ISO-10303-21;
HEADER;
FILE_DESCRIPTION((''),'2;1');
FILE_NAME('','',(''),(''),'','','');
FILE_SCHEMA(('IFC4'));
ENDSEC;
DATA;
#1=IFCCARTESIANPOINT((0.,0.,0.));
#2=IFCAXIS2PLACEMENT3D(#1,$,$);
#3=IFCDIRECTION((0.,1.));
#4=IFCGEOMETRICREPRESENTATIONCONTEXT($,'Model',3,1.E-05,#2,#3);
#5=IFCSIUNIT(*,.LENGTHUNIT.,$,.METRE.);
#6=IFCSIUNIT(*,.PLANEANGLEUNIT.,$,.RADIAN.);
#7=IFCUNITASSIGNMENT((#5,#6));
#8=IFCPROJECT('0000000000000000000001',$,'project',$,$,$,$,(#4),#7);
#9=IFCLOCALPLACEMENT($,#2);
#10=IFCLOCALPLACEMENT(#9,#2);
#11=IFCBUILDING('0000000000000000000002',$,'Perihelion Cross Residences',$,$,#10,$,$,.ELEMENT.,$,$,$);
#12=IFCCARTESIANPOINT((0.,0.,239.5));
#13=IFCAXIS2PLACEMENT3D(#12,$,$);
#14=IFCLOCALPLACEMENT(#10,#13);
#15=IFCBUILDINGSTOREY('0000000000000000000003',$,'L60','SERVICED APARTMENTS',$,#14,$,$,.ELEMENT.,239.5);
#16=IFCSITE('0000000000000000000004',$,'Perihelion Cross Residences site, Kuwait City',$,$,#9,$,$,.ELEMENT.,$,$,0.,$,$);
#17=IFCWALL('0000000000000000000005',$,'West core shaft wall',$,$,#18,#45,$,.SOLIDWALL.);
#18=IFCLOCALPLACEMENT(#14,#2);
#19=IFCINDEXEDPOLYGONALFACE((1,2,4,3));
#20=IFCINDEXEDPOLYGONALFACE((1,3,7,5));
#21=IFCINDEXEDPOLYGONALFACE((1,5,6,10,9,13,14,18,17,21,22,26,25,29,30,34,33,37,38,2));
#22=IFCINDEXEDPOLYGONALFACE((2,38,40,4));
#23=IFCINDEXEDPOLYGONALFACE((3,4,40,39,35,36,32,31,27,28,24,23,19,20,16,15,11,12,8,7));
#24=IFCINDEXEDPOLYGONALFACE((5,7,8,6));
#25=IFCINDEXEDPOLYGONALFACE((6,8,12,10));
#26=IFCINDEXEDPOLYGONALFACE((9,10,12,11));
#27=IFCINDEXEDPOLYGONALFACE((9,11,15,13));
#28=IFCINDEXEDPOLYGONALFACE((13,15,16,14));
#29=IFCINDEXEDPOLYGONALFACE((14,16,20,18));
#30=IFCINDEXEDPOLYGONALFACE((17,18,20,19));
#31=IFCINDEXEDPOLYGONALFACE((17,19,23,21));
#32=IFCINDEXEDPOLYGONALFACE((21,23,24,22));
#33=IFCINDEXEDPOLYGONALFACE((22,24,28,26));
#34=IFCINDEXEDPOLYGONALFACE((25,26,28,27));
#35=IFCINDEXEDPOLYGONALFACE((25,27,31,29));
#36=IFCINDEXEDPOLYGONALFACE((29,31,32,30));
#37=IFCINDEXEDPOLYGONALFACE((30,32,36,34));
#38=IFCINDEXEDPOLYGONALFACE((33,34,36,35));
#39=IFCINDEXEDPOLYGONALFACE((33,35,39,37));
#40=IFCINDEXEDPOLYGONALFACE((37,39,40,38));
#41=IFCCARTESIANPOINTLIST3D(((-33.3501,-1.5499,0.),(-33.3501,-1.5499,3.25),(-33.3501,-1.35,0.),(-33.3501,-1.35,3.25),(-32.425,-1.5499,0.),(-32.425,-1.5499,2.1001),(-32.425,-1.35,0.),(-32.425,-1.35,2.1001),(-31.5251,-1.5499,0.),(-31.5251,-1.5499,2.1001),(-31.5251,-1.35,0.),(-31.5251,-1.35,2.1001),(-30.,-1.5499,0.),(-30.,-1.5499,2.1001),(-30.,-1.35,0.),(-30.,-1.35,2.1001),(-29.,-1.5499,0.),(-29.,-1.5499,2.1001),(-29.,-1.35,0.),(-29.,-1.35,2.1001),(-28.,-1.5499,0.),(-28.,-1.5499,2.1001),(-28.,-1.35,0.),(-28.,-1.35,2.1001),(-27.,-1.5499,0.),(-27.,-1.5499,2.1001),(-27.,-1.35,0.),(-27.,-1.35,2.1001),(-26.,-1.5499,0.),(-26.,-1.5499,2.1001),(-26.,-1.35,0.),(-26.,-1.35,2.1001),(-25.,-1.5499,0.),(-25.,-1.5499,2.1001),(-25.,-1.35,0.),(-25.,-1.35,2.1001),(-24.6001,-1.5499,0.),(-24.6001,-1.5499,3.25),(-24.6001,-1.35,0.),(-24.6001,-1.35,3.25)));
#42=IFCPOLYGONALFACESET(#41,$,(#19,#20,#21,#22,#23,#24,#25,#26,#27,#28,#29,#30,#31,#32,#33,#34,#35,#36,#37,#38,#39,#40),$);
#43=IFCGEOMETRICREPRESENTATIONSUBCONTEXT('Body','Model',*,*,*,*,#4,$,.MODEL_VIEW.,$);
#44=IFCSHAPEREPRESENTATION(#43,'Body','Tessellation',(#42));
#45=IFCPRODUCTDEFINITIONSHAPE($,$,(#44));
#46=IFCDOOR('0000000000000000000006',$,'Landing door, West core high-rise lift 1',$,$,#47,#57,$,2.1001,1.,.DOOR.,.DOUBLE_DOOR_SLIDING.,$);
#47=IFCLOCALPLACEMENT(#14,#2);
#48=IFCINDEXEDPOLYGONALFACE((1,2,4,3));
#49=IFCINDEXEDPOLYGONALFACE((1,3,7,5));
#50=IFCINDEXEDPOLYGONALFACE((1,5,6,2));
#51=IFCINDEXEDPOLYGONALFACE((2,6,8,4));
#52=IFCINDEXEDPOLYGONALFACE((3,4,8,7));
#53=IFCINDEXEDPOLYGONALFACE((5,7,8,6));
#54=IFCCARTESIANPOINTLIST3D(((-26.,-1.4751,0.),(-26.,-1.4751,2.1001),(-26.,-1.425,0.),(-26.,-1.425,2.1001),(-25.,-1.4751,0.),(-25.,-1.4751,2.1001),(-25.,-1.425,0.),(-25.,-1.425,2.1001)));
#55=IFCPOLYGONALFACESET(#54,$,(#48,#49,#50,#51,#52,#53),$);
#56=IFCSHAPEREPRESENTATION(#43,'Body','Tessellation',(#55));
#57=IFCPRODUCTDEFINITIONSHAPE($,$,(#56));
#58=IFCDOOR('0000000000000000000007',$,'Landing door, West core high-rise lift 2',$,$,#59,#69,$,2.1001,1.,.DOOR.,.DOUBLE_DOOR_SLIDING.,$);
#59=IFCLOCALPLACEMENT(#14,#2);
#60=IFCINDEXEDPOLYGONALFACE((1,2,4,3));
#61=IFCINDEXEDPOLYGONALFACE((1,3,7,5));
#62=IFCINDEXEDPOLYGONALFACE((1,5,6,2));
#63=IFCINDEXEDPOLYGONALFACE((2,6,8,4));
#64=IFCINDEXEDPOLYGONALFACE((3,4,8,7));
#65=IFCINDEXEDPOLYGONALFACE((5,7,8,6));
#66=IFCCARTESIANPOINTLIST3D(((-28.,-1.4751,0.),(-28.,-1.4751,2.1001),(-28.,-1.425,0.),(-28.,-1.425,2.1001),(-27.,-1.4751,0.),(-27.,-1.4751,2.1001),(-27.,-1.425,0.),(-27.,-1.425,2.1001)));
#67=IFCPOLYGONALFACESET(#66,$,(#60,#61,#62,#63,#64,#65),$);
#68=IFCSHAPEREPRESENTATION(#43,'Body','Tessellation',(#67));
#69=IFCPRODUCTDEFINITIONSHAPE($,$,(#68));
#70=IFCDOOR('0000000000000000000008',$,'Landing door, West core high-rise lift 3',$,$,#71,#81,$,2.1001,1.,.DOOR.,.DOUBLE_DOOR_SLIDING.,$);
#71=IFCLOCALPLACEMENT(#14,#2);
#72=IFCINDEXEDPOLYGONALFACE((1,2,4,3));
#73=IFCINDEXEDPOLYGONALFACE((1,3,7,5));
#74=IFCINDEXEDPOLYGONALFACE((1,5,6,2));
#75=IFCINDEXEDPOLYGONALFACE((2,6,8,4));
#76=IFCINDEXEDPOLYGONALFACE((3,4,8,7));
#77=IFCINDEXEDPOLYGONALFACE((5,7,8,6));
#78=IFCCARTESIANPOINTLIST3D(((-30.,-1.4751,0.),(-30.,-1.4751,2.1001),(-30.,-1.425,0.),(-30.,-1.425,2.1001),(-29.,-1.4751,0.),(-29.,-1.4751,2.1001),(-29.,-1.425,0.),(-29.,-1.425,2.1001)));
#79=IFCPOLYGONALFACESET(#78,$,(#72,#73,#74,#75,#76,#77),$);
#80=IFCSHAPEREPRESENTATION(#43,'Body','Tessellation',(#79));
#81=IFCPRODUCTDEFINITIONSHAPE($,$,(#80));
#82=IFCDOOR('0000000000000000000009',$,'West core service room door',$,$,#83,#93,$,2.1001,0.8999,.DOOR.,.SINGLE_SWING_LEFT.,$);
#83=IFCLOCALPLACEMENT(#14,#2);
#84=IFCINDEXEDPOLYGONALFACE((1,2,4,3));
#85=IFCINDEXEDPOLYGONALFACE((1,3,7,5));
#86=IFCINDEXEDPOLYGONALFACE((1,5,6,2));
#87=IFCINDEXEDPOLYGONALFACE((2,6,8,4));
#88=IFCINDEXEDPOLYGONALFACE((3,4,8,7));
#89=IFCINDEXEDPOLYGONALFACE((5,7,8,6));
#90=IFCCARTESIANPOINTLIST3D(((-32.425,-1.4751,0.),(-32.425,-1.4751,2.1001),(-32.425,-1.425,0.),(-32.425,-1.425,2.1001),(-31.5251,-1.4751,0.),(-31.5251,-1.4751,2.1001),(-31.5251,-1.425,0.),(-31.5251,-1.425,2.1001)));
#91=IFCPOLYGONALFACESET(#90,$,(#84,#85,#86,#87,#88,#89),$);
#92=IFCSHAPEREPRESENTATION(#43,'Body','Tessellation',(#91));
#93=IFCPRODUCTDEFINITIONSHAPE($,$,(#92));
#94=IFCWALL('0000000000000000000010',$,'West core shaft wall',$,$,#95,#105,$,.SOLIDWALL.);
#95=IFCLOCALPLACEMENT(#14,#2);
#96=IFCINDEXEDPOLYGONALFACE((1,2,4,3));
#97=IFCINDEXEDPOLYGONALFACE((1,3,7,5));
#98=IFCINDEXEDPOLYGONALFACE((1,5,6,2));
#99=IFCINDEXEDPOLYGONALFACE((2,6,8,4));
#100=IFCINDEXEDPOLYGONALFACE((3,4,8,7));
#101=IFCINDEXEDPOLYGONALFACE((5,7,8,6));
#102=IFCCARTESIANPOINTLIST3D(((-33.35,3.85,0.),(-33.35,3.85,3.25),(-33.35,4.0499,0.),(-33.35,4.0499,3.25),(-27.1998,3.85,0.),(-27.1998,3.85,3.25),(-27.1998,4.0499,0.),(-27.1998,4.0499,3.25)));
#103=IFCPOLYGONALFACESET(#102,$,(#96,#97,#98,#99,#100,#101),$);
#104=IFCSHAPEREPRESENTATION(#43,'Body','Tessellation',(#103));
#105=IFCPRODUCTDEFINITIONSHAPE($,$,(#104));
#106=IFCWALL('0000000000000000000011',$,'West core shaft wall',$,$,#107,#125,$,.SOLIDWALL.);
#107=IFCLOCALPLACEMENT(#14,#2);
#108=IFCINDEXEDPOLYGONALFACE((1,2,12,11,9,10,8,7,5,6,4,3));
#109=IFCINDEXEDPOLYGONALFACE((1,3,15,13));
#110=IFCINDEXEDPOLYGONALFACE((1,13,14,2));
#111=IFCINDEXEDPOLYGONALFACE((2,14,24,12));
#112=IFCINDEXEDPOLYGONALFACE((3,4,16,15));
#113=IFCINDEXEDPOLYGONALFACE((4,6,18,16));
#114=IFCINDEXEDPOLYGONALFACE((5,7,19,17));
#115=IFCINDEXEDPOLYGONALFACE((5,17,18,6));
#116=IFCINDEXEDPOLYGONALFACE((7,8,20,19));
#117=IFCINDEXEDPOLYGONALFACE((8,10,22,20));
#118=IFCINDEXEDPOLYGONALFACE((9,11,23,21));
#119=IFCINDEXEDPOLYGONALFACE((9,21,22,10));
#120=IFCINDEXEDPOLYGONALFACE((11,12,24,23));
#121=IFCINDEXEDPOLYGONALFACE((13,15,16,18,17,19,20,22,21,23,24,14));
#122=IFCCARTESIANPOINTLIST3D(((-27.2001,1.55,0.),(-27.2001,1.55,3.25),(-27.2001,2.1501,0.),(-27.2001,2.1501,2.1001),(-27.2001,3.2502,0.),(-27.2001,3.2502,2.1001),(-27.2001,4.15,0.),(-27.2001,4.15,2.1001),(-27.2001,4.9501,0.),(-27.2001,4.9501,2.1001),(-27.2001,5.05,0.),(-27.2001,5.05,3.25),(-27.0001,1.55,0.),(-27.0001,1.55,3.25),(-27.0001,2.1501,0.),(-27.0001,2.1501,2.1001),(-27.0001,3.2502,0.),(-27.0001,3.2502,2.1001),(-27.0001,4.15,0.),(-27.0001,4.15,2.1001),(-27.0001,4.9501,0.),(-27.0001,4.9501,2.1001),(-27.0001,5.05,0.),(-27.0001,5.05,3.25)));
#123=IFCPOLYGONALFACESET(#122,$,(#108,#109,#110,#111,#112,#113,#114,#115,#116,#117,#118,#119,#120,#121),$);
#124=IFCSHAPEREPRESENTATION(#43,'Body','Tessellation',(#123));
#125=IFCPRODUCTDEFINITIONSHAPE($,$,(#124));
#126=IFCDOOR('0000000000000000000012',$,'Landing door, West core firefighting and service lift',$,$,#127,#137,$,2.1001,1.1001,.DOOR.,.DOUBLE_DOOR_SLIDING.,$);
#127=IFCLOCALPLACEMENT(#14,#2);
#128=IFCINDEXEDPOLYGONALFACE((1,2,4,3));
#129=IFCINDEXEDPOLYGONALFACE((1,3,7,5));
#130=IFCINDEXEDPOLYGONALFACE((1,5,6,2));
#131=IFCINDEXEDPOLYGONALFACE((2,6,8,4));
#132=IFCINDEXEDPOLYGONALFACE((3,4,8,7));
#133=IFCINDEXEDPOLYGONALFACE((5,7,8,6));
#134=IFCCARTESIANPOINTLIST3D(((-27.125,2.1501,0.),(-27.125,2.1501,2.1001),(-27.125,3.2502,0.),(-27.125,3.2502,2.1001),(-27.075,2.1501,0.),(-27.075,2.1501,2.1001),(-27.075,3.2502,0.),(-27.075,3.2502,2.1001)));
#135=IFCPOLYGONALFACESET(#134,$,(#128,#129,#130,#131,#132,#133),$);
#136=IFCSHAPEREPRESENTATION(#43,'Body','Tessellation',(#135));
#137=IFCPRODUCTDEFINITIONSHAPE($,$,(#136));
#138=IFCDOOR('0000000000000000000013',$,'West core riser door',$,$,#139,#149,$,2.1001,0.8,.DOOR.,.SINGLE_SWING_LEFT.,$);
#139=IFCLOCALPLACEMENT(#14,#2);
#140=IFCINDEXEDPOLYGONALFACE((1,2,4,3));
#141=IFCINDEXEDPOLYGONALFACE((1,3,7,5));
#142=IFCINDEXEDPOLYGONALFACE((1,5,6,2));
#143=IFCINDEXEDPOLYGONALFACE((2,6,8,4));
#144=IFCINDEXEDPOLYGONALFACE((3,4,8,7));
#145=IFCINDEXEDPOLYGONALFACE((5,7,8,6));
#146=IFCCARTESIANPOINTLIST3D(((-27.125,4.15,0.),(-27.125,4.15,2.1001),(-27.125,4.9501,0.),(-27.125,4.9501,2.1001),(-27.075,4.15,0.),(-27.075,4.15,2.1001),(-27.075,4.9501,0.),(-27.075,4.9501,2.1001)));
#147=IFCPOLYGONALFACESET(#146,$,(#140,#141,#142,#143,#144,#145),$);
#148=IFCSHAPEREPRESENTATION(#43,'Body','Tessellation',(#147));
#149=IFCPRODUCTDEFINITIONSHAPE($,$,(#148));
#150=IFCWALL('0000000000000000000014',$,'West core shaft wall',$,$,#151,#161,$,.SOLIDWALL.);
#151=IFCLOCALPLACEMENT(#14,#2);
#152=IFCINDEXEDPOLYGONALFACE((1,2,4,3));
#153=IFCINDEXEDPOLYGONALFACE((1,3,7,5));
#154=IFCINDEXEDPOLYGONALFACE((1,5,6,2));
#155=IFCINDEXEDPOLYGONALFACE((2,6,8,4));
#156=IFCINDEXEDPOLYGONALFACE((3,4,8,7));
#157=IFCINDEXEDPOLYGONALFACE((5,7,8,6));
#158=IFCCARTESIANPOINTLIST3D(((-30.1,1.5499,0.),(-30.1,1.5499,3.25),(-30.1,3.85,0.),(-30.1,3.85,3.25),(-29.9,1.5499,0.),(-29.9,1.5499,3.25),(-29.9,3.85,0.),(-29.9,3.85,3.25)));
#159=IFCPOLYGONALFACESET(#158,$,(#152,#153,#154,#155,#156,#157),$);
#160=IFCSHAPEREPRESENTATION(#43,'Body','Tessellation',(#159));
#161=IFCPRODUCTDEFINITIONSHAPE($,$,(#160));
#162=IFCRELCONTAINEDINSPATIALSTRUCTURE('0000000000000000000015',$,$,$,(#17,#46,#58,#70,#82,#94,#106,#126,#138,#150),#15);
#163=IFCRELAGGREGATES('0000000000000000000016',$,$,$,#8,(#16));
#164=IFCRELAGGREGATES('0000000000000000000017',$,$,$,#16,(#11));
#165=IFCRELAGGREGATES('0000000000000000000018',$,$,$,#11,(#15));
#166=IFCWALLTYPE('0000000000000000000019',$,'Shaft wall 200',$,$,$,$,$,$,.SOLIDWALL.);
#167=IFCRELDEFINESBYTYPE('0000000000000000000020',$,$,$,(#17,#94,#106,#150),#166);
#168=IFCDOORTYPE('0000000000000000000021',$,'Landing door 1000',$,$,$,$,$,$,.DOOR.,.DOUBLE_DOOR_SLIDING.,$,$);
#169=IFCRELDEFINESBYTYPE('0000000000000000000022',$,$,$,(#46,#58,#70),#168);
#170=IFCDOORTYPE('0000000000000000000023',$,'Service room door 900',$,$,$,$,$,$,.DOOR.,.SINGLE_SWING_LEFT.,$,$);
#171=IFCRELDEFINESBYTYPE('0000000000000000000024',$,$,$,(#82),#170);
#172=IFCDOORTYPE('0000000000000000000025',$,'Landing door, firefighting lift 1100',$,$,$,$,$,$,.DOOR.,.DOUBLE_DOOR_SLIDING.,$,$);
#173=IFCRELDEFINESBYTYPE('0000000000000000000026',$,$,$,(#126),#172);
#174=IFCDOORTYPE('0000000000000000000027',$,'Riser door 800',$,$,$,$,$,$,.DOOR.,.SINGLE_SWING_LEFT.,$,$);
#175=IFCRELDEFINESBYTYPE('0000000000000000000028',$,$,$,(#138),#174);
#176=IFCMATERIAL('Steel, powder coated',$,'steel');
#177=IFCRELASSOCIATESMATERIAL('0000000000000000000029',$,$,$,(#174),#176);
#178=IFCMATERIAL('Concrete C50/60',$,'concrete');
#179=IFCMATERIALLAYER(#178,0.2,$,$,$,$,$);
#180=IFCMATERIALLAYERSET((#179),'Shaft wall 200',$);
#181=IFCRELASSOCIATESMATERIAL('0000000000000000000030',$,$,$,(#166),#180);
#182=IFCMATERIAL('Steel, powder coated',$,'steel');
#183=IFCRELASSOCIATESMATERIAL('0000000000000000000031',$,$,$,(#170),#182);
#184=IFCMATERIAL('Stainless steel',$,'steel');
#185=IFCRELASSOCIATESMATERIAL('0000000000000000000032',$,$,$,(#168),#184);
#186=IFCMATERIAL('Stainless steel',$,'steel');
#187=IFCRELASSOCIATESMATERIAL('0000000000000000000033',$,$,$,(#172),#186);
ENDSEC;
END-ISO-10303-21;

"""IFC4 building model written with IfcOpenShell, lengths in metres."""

from ifc_helpers import new_model, si_unit, direction, frame, frame_2d, origin, place, context, subcontext, project, spatial, rectangle, extrude, material, layer, layer_set, type_object, element, fill, save


model = new_model("IFC4")

# Units and contexts
model_context = context("Model", 3, precision=1e-05, world=origin(), true_north=direction((0.0, 1.0)))
body_context = subcontext(model_context, "Body", "Model", "MODEL_VIEW")
ifc_project = project(units=[si_unit("LENGTHUNIT", "METRE"), si_unit("PLANEANGLEUNIT", "RADIAN")], contexts=[model_context])

# Site, building, storey
site_placement = place(None, origin())
site = spatial("IfcSite", under=ifc_project, at=site_placement, Name="Perihelion Cross Residences site, Kuwait City", CompositionType="ELEMENT", RefElevation=0.0)
building_placement = place(site_placement, origin())
building = spatial("IfcBuilding", under=site, at=building_placement, Name="Perihelion Cross Residences", CompositionType="ELEMENT")
storey_placement = place(building_placement, frame((0.0, 0.0, 239.5)))
storey = spatial("IfcBuildingStorey", under=building, at=storey_placement, Name="L60", Description="SERVICED APARTMENTS", CompositionType="ELEMENT", Elevation=239.5)

# Shared definitions
ifc_material_1 = material(Name="Steel, powder coated", Category="steel")
door_type_1 = type_object("IfcDoorType", Name="Riser door 800", OperationType="SINGLE_SWING_LEFT", PredefinedType="DOOR", material=ifc_material_1)

# Wall, openings, doors
ifc_material_2 = material(Name="Concrete C50/60", Category="concrete")
ifc_layer_1 = layer(ifc_material_2, 0.2)
ifc_layer_set_1 = layer_set([ifc_layer_1], Name="Shaft wall 200")
wall_type_1 = type_object("IfcWallType", Name="Shaft wall 200", PredefinedType="SOLIDWALL", material=ifc_layer_set_1)
ifc_material_3 = material(Name="Steel, powder coated", Category="steel")
door_type_2 = type_object("IfcDoorType", Name="Service room door 900", OperationType="SINGLE_SWING_LEFT", PredefinedType="DOOR", material=ifc_material_3)
wall_1_placement = place(storey_placement, frame((-33.3501, -1.45, 0.0), z_axis=(0.0, 0.0, 1.0), x_axis=(1.0, 0.0, 0.0)))
wall_1 = element("IfcWall", 1, at=wall_1_placement, inside=storey, type_object=wall_type_1, Name="West core shaft wall", PredefinedType="SOLIDWALL", context=body_context, shape_type="SweptSolid", body=[
    extrude(rectangle(XDim=8.75, YDim=0.2, at=frame_2d((4.375, 0.0))), origin(), (0.0, 0.0, 1.0), 3.25),
])
opening_1_placement = place(wall_1_placement, frame((7.3501, 0.0, 0.0)))
opening_1 = element("IfcOpeningElement", 2, at=opening_1_placement, cuts=wall_1, PredefinedType="OPENING", context=body_context, shape_type="SweptSolid", body=[
    extrude(rectangle(XDim=1.0, YDim=2.1001, at=frame_2d((0.5, 1.05))), frame((0.0, 0.1099, 0.0), z_axis=(0.0, -1.0, 0.0), x_axis=(1.0, 0.0, 0.0)), (0.0, 0.0, 1.0), 0.22),
])
opening_2_placement = place(wall_1_placement, frame((5.3501, 0.0, 0.0)))
opening_2 = element("IfcOpeningElement", 3, at=opening_2_placement, cuts=wall_1, PredefinedType="OPENING", context=body_context, shape_type="SweptSolid", body=[
    extrude(rectangle(XDim=1.0, YDim=2.1001, at=frame_2d((0.5, 1.05))), frame((0.0, 0.1099, 0.0), z_axis=(0.0, -1.0, 0.0), x_axis=(1.0, 0.0, 0.0)), (0.0, 0.0, 1.0), 0.22),
])
opening_3_placement = place(wall_1_placement, frame((3.3501, 0.0, 0.0)))
opening_3 = element("IfcOpeningElement", 4, at=opening_3_placement, cuts=wall_1, PredefinedType="OPENING", context=body_context, shape_type="SweptSolid", body=[
    extrude(rectangle(XDim=1.0, YDim=2.1001, at=frame_2d((0.5, 1.05))), frame((0.0, 0.1099, 0.0), z_axis=(0.0, -1.0, 0.0), x_axis=(1.0, 0.0, 0.0)), (0.0, 0.0, 1.0), 0.22),
])
opening_4_placement = place(wall_1_placement, frame((0.925, 0.0, 0.0)))
opening_4 = element("IfcOpeningElement", 5, at=opening_4_placement, cuts=wall_1, PredefinedType="OPENING", context=body_context, shape_type="SweptSolid", body=[
    extrude(rectangle(XDim=0.8999, YDim=2.1001, at=frame_2d((0.45, 1.05))), frame((0.0, 0.1099, 0.0), z_axis=(0.0, -1.0, 0.0), x_axis=(1.0, 0.0, 0.0)), (0.0, 0.0, 1.0), 0.22),
])
ifc_material_4 = material(Name="Stainless steel", Category="steel")
door_type_3 = type_object("IfcDoorType", Name="Landing door 1000", OperationType="DOUBLE_DOOR_SLIDING", PredefinedType="DOOR", material=ifc_material_4)
door_1_placement = place(opening_1_placement, origin())
door_1 = element("IfcDoor", 6, at=door_1_placement, inside=storey, type_object=door_type_3, Name="Landing door, West core high-rise lift 1", OperationType="DOUBLE_DOOR_SLIDING", OverallHeight=2.1001, OverallWidth=1.0, PredefinedType="DOOR", context=body_context, shape_type="SweptSolid", body=[
    extrude(rectangle(XDim=1.0, YDim=2.1001, at=frame_2d((0.5, 1.05))), frame((0.0, 0.0249, 0.0), z_axis=(0.0, -1.0, 0.0), x_axis=(1.0, 0.0, 0.0)), (0.0, 0.0, 1.0), 0.05),
])
fill(opening_1, door_1)
door_2_placement = place(opening_2_placement, origin())
door_2 = element("IfcDoor", 7, at=door_2_placement, inside=storey, type_object=door_type_3, Name="Landing door, West core high-rise lift 2", OperationType="DOUBLE_DOOR_SLIDING", OverallHeight=2.1001, OverallWidth=1.0, PredefinedType="DOOR", context=body_context, shape_type="SweptSolid", body=[
    extrude(rectangle(XDim=1.0, YDim=2.1001, at=frame_2d((0.5, 1.05))), frame((0.0, 0.0249, 0.0), z_axis=(0.0, -1.0, 0.0), x_axis=(1.0, 0.0, 0.0)), (0.0, 0.0, 1.0), 0.05),
])
fill(opening_2, door_2)
door_3_placement = place(opening_3_placement, origin())
door_3 = element("IfcDoor", 8, at=door_3_placement, inside=storey, type_object=door_type_3, Name="Landing door, West core high-rise lift 3", OperationType="DOUBLE_DOOR_SLIDING", OverallHeight=2.1001, OverallWidth=1.0, PredefinedType="DOOR", context=body_context, shape_type="SweptSolid", body=[
    extrude(rectangle(XDim=1.0, YDim=2.1001, at=frame_2d((0.5, 1.05))), frame((0.0, 0.0249, 0.0), z_axis=(0.0, -1.0, 0.0), x_axis=(1.0, 0.0, 0.0)), (0.0, 0.0, 1.0), 0.05),
])
fill(opening_3, door_3)
door_4_placement = place(opening_4_placement, origin())
door_4 = element("IfcDoor", 9, at=door_4_placement, inside=storey, type_object=door_type_2, Name="West core service room door", OperationType="SINGLE_SWING_LEFT", OverallHeight=2.1001, OverallWidth=0.8999, PredefinedType="DOOR", context=body_context, shape_type="SweptSolid", body=[
    extrude(rectangle(XDim=0.8999, YDim=2.1001, at=frame_2d((0.45, 1.05))), frame((0.0, 0.0249, 0.0), z_axis=(0.0, -1.0, 0.0), x_axis=(1.0, 0.0, 0.0)), (0.0, 0.0, 1.0), 0.05),
])
fill(opening_4, door_4)

# Wall
wall_2_placement = place(storey_placement, frame((-33.3501, 3.95, 0.0), z_axis=(0.0, 0.0, 1.0), x_axis=(1.0, 0.0, 0.0)))
element("IfcWall", 10, at=wall_2_placement, inside=storey, type_object=wall_type_1, Name="West core shaft wall", PredefinedType="SOLIDWALL", context=body_context, shape_type="SweptSolid", body=[
    extrude(rectangle(XDim=6.1501, YDim=0.2, at=frame_2d((3.0752, 0.0))), origin(), (0.0, 0.0, 1.0), 3.25),
])

# Wall, openings, doors
wall_3_placement = place(storey_placement, frame((-27.1001, 1.55, 0.0), z_axis=(0.0, 0.0, 1.0), x_axis=(0.0, 1.0, 0.0)))
wall_3 = element("IfcWall", 11, at=wall_3_placement, inside=storey, type_object=wall_type_1, Name="West core shaft wall", PredefinedType="SOLIDWALL", context=body_context, shape_type="SweptSolid", body=[
    extrude(rectangle(XDim=3.5, YDim=0.2, at=frame_2d((1.75, 0.0))), origin(), (0.0, 0.0, 1.0), 3.25),
])
opening_5_placement = place(wall_3_placement, frame((0.6001, 0.0, 0.0)))
opening_5 = element("IfcOpeningElement", 12, at=opening_5_placement, cuts=wall_3, PredefinedType="OPENING", context=body_context, shape_type="SweptSolid", body=[
    extrude(rectangle(XDim=1.1001, YDim=2.1001, at=frame_2d((0.55, 1.05))), frame((0.0, 0.1099, 0.0), z_axis=(0.0, -1.0, 0.0), x_axis=(1.0, 0.0, 0.0)), (0.0, 0.0, 1.0), 0.22),
])
opening_6_placement = place(wall_3_placement, frame((2.6001, 0.0, 0.0)))
opening_6 = element("IfcOpeningElement", 13, at=opening_6_placement, cuts=wall_3, PredefinedType="OPENING", context=body_context, shape_type="SweptSolid", body=[
    extrude(rectangle(XDim=0.8, YDim=2.1001, at=frame_2d((0.3999, 1.05))), frame((0.0, 0.1099, 0.0), z_axis=(0.0, -1.0, 0.0), x_axis=(1.0, 0.0, 0.0)), (0.0, 0.0, 1.0), 0.22),
])
ifc_material_5 = material(Name="Stainless steel", Category="steel")
door_type_4 = type_object("IfcDoorType", Name="Landing door, firefighting lift 1100", OperationType="DOUBLE_DOOR_SLIDING", PredefinedType="DOOR", material=ifc_material_5)
door_5_placement = place(opening_5_placement, origin())
door_5 = element("IfcDoor", 14, at=door_5_placement, inside=storey, type_object=door_type_4, Name="Landing door, West core firefighting and service lift", OperationType="DOUBLE_DOOR_SLIDING", OverallHeight=2.1001, OverallWidth=1.1001, PredefinedType="DOOR", context=body_context, shape_type="SweptSolid", body=[
    extrude(rectangle(XDim=1.1001, YDim=2.1001, at=frame_2d((0.55, 1.05))), frame((0.0, 0.0249, 0.0), z_axis=(0.0, -1.0, 0.0), x_axis=(1.0, 0.0, 0.0)), (0.0, 0.0, 1.0), 0.05),
])
fill(opening_5, door_5)
door_6_placement = place(opening_6_placement, origin())
door_6 = element("IfcDoor", 15, at=door_6_placement, inside=storey, type_object=door_type_1, Name="West core riser door", OperationType="SINGLE_SWING_LEFT", OverallHeight=2.1001, OverallWidth=0.8, PredefinedType="DOOR", context=body_context, shape_type="SweptSolid", body=[
    extrude(rectangle(XDim=0.8, YDim=2.1001, at=frame_2d((0.3999, 1.05))), frame((0.0, 0.0249, 0.0), z_axis=(0.0, -1.0, 0.0), x_axis=(1.0, 0.0, 0.0)), (0.0, 0.0, 1.0), 0.05),
])
fill(opening_6, door_6)

# Wall
for number, where, z_axis, x_axis, name in (
    (16, (-30.0, 1.55, 0.0), (0.0, 0.0, 1.0), (0.0, 1.0, 0.0), "West core shaft wall"),
):
    element("IfcWall", number, at=place(storey_placement, frame(where, z_axis=z_axis, x_axis=x_axis)), inside=storey, type_object=wall_type_1, Name=name, PredefinedType="SOLIDWALL", context=body_context, shape_type="SweptSolid", body=[
        extrude(rectangle(XDim=2.3, YDim=0.2, at=frame_2d((1.1499, 0.0))), origin(), (0.0, 0.0, 1.0), 3.25),
    ])

save(model, "model.ifc")
